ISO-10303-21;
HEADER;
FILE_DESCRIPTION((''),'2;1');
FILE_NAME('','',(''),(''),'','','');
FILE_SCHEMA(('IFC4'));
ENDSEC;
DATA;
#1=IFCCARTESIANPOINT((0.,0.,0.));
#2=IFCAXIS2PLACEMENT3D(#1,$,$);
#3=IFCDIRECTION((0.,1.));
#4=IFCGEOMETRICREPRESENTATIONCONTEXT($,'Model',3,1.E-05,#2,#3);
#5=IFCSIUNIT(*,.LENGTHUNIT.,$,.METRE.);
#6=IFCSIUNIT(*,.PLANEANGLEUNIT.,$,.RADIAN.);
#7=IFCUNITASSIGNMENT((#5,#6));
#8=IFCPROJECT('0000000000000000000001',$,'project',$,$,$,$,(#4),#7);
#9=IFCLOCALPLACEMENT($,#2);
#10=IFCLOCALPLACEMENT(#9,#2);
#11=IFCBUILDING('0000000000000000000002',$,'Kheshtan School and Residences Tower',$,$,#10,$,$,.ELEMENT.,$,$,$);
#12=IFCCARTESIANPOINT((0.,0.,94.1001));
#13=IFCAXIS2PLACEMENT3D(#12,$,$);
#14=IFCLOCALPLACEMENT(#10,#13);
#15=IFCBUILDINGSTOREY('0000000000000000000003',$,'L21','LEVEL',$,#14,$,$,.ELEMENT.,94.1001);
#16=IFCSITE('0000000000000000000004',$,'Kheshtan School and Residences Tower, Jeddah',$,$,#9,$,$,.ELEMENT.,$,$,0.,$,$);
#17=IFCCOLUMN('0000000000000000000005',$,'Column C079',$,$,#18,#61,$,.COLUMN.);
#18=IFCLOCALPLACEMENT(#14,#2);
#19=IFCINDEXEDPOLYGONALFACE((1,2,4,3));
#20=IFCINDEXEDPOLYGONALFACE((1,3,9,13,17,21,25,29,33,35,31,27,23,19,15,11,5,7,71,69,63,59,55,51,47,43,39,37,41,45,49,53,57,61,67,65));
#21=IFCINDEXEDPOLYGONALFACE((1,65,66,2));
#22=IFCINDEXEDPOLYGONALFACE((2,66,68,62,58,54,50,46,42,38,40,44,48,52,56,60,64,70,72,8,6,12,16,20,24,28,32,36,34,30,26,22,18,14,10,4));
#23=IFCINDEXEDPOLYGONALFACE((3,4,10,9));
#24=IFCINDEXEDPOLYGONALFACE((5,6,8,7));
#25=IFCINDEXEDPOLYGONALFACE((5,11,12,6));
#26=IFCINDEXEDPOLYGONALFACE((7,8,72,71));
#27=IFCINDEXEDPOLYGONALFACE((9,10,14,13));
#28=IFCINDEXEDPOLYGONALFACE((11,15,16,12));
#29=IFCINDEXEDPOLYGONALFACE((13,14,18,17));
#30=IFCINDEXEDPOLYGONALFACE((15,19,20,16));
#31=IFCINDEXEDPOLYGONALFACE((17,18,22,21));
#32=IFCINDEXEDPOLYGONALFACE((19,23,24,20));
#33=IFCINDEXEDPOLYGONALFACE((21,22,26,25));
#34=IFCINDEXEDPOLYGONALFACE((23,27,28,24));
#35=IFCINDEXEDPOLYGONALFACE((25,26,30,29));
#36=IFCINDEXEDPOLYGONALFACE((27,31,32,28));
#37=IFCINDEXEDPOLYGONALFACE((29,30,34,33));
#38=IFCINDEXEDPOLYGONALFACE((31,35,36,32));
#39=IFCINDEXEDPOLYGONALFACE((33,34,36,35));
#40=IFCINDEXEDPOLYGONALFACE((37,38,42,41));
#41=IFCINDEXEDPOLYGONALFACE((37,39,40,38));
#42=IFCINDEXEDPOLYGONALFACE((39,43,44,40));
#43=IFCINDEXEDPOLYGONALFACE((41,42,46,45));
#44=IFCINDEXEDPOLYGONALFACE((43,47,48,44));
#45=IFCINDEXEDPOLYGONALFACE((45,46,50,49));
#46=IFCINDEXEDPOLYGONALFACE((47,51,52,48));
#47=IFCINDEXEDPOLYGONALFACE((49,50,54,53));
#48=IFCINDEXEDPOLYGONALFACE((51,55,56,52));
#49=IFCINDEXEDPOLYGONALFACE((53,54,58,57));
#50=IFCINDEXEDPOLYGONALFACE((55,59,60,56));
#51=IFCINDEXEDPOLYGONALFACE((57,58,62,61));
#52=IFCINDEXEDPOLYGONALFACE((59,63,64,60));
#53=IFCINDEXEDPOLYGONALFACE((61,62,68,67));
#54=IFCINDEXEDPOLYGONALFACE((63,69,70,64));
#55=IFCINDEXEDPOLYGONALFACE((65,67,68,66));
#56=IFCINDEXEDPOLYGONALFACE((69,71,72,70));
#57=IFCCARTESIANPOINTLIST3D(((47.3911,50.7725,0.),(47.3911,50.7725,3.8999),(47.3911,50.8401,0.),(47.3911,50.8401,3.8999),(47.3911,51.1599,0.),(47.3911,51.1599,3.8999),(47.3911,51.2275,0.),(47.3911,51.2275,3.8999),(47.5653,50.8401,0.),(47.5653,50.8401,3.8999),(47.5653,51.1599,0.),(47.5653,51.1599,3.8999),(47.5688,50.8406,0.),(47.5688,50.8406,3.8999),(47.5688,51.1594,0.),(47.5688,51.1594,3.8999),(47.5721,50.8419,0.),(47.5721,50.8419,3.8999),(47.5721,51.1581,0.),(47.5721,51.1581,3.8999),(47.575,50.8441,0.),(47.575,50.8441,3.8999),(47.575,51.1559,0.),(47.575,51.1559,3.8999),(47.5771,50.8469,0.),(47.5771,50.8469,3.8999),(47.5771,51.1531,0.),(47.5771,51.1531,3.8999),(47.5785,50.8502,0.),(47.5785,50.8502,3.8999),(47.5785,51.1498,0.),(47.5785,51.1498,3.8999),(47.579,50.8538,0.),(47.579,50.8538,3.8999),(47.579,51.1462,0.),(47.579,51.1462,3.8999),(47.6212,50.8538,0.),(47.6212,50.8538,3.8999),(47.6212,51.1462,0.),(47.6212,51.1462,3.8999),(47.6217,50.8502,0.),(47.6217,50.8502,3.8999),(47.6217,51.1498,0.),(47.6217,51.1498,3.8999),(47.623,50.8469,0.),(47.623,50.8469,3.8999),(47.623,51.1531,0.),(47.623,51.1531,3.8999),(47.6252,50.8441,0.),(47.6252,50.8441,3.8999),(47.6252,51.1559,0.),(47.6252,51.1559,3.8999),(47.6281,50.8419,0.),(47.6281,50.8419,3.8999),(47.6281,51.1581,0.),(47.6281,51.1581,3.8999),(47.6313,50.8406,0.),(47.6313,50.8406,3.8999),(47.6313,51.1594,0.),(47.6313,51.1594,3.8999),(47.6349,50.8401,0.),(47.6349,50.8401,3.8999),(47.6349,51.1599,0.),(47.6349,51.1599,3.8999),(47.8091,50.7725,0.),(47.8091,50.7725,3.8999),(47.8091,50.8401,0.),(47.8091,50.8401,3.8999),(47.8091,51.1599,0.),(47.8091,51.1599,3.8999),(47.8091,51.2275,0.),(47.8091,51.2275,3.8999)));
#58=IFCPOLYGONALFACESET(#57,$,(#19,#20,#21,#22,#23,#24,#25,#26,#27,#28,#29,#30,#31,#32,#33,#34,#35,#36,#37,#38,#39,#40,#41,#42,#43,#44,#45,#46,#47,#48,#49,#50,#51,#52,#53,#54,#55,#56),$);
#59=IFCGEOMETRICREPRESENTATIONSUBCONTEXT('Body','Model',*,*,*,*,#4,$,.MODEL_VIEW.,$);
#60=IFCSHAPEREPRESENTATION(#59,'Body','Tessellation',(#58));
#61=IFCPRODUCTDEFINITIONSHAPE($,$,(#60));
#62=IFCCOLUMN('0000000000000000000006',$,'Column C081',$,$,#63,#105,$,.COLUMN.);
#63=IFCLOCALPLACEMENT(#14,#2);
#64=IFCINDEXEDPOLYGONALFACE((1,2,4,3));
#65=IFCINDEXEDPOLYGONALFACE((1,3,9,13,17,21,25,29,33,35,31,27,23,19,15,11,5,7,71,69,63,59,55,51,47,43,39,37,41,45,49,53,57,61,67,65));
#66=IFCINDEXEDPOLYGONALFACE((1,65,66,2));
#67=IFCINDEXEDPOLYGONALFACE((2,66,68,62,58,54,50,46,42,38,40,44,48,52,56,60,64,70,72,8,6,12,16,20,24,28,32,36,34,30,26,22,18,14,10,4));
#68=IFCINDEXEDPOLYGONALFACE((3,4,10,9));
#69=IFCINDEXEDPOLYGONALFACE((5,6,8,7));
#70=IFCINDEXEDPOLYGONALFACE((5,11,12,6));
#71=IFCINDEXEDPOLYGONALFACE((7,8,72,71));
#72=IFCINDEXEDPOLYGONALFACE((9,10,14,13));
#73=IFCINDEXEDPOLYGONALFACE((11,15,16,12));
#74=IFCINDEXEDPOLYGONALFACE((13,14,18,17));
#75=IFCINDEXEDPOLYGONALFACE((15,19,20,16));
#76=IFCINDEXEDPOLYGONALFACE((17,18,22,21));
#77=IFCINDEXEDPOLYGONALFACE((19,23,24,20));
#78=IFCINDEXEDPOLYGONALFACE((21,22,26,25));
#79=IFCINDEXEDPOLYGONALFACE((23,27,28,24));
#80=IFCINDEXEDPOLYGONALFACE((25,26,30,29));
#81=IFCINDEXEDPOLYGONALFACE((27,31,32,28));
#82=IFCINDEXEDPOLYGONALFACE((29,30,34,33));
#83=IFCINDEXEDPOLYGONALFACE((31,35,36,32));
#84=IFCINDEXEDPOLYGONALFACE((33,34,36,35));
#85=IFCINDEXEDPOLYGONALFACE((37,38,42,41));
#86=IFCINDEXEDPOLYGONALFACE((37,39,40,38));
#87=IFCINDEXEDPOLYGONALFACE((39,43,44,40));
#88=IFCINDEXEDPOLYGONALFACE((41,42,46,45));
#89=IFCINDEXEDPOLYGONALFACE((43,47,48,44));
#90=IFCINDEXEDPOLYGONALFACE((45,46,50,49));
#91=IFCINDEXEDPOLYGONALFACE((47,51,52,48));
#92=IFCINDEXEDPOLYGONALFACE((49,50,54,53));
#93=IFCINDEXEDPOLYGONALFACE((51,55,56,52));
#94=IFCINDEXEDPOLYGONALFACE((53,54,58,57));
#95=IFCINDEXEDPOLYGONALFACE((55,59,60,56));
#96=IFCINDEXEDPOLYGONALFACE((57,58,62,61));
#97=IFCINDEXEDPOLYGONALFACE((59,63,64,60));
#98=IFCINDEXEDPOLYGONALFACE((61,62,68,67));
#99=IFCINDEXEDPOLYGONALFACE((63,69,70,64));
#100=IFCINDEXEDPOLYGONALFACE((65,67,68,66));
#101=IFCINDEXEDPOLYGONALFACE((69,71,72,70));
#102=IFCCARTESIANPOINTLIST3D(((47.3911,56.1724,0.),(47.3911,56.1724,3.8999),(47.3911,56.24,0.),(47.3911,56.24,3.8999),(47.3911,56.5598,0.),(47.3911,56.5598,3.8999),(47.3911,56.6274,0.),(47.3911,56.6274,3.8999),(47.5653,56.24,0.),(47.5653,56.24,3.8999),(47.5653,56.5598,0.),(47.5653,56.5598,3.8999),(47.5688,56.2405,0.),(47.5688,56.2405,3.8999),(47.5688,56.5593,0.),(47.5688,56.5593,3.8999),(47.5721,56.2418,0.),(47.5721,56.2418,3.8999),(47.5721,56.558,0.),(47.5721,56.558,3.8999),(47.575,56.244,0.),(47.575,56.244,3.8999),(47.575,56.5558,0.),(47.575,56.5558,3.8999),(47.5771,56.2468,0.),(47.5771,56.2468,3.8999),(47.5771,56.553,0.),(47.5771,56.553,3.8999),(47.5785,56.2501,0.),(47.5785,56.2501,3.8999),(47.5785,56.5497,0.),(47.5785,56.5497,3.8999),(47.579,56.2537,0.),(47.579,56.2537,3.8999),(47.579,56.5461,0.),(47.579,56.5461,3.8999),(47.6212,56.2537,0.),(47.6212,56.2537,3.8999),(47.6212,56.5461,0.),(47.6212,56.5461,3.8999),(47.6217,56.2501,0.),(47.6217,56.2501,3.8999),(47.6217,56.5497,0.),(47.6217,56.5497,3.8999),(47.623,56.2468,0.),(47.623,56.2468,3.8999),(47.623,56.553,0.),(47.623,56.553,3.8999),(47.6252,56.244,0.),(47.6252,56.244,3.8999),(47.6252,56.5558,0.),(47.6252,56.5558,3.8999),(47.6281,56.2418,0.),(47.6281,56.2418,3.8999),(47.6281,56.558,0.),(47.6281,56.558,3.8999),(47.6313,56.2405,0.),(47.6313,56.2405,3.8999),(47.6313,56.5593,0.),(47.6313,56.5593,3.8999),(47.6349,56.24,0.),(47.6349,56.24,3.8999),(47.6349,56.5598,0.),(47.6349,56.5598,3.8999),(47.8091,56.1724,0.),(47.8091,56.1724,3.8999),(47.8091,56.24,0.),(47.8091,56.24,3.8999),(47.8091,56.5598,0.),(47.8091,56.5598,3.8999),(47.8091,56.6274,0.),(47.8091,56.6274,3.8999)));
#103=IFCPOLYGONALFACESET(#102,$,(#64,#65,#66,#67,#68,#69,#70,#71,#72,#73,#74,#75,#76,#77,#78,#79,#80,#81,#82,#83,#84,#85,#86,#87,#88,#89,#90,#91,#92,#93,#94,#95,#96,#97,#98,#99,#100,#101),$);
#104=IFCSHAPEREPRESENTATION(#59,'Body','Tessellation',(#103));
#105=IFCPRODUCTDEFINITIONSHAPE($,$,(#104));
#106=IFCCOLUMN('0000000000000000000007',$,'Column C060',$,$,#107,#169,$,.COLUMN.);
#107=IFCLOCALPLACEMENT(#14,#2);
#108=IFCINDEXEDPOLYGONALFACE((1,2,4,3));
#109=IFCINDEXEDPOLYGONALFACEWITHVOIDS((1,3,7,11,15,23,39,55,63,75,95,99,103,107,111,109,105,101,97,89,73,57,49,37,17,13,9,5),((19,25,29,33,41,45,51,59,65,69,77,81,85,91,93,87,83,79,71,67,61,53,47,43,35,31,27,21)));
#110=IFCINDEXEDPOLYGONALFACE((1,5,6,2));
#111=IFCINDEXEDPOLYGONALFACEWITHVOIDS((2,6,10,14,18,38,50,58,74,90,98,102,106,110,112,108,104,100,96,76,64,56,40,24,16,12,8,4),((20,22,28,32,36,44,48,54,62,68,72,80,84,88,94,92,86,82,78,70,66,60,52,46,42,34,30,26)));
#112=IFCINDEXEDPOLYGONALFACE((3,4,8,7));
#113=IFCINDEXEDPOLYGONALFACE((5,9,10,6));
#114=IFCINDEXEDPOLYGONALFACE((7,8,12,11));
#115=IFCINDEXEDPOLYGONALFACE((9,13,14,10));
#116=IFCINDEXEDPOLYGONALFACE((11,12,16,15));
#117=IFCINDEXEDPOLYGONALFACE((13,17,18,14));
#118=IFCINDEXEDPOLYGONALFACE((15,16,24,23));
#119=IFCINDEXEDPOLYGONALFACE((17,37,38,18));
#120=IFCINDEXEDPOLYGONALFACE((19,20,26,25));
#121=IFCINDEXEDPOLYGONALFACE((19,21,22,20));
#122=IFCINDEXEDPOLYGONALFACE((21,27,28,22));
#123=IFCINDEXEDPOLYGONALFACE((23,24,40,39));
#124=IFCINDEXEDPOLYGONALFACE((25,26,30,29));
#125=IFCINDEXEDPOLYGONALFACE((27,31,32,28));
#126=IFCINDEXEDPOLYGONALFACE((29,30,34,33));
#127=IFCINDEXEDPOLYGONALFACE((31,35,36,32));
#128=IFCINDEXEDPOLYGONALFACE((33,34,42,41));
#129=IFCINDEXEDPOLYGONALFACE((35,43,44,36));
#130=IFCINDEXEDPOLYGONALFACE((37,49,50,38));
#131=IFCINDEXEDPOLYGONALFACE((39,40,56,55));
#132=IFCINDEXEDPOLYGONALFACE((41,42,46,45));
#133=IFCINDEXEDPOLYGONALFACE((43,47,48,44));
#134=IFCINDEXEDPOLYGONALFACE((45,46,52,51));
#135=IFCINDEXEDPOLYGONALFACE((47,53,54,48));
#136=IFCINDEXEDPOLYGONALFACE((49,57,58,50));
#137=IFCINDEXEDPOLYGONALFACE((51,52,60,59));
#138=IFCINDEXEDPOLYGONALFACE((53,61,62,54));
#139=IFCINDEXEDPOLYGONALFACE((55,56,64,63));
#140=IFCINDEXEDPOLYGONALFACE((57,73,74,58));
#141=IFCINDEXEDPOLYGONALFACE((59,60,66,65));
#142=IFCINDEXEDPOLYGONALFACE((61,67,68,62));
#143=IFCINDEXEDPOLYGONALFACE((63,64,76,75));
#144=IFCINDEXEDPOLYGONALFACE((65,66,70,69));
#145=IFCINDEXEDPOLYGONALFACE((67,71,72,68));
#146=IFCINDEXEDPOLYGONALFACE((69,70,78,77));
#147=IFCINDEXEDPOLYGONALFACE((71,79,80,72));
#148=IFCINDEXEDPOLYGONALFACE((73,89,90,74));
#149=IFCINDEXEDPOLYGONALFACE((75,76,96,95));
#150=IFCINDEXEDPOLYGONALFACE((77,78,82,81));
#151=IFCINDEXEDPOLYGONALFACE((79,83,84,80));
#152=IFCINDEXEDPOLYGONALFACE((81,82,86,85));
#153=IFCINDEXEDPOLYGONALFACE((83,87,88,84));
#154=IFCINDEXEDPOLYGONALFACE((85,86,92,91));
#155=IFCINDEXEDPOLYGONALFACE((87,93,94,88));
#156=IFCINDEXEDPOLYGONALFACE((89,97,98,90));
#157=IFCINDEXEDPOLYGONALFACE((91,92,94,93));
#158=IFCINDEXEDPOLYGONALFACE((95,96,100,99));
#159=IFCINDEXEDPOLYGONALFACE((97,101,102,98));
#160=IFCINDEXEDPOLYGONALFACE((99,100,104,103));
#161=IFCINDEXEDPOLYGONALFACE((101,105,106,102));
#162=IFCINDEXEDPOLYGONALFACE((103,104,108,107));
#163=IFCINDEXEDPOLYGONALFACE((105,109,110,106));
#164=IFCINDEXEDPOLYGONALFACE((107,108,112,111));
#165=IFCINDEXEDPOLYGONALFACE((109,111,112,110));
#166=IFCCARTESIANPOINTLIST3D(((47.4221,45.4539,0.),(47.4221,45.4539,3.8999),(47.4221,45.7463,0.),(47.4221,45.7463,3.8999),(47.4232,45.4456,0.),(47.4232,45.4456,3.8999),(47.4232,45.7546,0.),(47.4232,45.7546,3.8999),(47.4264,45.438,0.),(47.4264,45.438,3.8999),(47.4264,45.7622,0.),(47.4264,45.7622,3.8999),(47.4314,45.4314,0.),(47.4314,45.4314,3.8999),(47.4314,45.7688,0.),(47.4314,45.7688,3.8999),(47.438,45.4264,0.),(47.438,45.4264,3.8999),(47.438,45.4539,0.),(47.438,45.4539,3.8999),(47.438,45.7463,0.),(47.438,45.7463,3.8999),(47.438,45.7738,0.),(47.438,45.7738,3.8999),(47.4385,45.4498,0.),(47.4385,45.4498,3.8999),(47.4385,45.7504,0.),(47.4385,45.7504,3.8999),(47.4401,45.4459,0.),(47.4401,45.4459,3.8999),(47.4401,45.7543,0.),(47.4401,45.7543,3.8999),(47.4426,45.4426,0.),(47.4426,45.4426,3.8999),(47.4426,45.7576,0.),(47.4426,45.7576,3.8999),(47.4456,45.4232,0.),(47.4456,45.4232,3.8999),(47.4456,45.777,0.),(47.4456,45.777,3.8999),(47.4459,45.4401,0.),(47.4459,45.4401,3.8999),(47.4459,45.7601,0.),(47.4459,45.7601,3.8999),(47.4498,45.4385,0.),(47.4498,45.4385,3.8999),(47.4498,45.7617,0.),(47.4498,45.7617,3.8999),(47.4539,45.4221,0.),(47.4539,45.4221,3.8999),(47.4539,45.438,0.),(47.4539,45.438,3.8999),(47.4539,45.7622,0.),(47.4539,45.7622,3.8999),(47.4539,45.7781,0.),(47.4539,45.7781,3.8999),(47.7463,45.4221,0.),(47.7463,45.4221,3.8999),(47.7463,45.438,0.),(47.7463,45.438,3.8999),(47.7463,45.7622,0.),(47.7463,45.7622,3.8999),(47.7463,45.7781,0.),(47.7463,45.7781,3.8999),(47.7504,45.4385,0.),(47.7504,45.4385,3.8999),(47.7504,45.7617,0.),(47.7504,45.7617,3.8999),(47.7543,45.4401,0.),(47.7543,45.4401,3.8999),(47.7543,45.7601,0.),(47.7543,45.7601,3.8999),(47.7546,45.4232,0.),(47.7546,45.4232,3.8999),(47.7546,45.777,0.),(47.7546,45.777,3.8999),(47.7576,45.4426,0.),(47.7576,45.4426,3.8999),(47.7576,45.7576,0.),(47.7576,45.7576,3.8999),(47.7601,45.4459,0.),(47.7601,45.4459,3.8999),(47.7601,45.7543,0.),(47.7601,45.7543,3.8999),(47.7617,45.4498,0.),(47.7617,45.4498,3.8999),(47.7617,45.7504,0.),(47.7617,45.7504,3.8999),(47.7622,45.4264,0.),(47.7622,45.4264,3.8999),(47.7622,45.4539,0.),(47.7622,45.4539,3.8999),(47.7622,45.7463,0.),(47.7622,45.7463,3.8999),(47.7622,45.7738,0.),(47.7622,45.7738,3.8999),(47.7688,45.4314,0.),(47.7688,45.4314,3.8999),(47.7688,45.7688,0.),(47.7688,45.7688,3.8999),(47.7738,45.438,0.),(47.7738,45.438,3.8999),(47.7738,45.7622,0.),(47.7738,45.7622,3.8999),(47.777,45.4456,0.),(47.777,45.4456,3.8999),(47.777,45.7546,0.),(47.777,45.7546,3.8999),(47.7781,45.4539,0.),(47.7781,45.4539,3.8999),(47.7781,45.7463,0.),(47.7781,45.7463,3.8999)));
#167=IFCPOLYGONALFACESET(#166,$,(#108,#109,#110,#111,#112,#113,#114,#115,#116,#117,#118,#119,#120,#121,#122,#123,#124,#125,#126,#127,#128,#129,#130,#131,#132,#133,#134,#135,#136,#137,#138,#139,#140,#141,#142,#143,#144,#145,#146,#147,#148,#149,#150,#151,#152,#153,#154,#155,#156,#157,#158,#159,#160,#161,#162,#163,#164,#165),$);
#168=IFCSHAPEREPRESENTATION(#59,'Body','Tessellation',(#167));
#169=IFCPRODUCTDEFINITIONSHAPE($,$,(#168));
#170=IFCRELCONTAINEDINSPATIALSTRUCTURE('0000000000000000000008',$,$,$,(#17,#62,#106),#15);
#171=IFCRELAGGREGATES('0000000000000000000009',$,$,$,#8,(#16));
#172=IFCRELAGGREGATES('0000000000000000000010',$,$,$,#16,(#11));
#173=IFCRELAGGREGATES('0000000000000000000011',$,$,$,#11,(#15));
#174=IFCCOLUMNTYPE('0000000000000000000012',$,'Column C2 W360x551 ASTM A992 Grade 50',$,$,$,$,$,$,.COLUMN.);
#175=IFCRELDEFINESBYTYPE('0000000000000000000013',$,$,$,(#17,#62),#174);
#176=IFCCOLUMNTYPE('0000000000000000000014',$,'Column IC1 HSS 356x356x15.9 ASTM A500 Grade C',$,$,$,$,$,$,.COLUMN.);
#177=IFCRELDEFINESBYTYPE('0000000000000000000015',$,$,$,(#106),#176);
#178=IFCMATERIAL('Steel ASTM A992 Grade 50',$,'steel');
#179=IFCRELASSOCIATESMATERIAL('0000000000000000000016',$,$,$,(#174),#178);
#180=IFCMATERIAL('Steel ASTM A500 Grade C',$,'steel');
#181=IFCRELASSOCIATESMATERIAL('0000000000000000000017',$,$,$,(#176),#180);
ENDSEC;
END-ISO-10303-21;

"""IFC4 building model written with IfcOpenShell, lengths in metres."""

from ifc_helpers import new_model, si_unit, direction, frame, origin, origin_2d, place, context, subcontext, project, spatial, hollow_rectangle, i_section, extrude, material, material_profile, profile_set, type_object, element, save


model = new_model("IFC4")

# Units and contexts
model_context = context("Model", 3, precision=1e-05, world=origin(), true_north=direction((0.0, 1.0)))
body_context = subcontext(model_context, "Body", "Model", "MODEL_VIEW")
ifc_project = project(units=[si_unit("LENGTHUNIT", "METRE"), si_unit("PLANEANGLEUNIT", "RADIAN")], contexts=[model_context])

# Site, building, storey
site_placement = place(None, origin())
site = spatial("IfcSite", under=ifc_project, at=site_placement, Name="Kheshtan School and Residences Tower, Jeddah", CompositionType="ELEMENT", RefElevation=0.0)
building_placement = place(site_placement, origin())
building = spatial("IfcBuilding", under=site, at=building_placement, Name="Kheshtan School and Residences Tower", CompositionType="ELEMENT")
storey_placement = place(building_placement, frame((0.0, 0.0, 94.1001)))
storey = spatial("IfcBuildingStorey", under=building, at=storey_placement, Name="L21", Description="LEVEL", CompositionType="ELEMENT", Elevation=94.1001)

# Columns
ifc_material_1 = material(Name="Steel ASTM A992 Grade 50", Category="steel")
ifc_material_profile_1 = material_profile(ifc_material_1, i_section(OverallWidth=0.418, OverallDepth=0.4551, WebThickness=0.0422, FlangeThickness=0.0676, FilletRadius=0.0137, at=origin_2d()), Name="W360x551")
ifc_profile_set_1 = profile_set([ifc_material_profile_1], Name="Steel ASTM A992 Grade 50")
column_type_1 = type_object("IfcColumnType", Name="Column C2 W360x551 ASTM A992 Grade 50", PredefinedType="COLUMN", material=ifc_profile_set_1)
for number, where, z_axis, x_axis, name in (
    (1, (47.6001, 51.0, 0.0), (0.0, 0.0, 1.0), (1.0, 0.0, 0.0), "Column C079"),
    (2, (47.6001, 56.3999, 0.0), (0.0, 0.0, 1.0), (1.0, 0.0, 0.0), "Column C081"),
):
    element("IfcColumn", number, at=place(storey_placement, frame(where, z_axis=z_axis, x_axis=x_axis)), inside=storey, type_object=column_type_1, Name=name, PredefinedType="COLUMN", context=body_context, shape_type="SweptSolid", body=[
        extrude(i_section(OverallWidth=0.418, OverallDepth=0.4551, WebThickness=0.0422, FlangeThickness=0.0676, FilletRadius=0.0137, at=origin_2d()), origin(), (0.0, 0.0, 1.0), 3.8999),
    ])
ifc_material_2 = material(Name="Steel ASTM A500 Grade C", Category="steel")
ifc_material_profile_2 = material_profile(ifc_material_2, hollow_rectangle(XDim=0.356, YDim=0.356, WallThickness=0.0159, InnerFilletRadius=0.0159, OuterFilletRadius=0.0317, at=origin_2d()), Name="HSS 356x356x15.9")
ifc_profile_set_2 = profile_set([ifc_material_profile_2], Name="Steel ASTM A500 Grade C")
column_type_2 = type_object("IfcColumnType", Name="Column IC1 HSS 356x356x15.9 ASTM A500 Grade C", PredefinedType="COLUMN", material=ifc_profile_set_2)
column_placement = place(storey_placement, frame((47.6001, 45.6001, 0.0), z_axis=(0.0, 0.0, 1.0), x_axis=(1.0, 0.0, 0.0)))
element("IfcColumn", 3, at=column_placement, inside=storey, type_object=column_type_2, Name="Column C060", PredefinedType="COLUMN", context=body_context, shape_type="SweptSolid", body=[
    extrude(hollow_rectangle(XDim=0.356, YDim=0.356, WallThickness=0.0159, InnerFilletRadius=0.0159, OuterFilletRadius=0.0317, at=origin_2d()), origin(), (0.0, 0.0, 1.0), 3.8999),
])

save(model, "model.ifc")
